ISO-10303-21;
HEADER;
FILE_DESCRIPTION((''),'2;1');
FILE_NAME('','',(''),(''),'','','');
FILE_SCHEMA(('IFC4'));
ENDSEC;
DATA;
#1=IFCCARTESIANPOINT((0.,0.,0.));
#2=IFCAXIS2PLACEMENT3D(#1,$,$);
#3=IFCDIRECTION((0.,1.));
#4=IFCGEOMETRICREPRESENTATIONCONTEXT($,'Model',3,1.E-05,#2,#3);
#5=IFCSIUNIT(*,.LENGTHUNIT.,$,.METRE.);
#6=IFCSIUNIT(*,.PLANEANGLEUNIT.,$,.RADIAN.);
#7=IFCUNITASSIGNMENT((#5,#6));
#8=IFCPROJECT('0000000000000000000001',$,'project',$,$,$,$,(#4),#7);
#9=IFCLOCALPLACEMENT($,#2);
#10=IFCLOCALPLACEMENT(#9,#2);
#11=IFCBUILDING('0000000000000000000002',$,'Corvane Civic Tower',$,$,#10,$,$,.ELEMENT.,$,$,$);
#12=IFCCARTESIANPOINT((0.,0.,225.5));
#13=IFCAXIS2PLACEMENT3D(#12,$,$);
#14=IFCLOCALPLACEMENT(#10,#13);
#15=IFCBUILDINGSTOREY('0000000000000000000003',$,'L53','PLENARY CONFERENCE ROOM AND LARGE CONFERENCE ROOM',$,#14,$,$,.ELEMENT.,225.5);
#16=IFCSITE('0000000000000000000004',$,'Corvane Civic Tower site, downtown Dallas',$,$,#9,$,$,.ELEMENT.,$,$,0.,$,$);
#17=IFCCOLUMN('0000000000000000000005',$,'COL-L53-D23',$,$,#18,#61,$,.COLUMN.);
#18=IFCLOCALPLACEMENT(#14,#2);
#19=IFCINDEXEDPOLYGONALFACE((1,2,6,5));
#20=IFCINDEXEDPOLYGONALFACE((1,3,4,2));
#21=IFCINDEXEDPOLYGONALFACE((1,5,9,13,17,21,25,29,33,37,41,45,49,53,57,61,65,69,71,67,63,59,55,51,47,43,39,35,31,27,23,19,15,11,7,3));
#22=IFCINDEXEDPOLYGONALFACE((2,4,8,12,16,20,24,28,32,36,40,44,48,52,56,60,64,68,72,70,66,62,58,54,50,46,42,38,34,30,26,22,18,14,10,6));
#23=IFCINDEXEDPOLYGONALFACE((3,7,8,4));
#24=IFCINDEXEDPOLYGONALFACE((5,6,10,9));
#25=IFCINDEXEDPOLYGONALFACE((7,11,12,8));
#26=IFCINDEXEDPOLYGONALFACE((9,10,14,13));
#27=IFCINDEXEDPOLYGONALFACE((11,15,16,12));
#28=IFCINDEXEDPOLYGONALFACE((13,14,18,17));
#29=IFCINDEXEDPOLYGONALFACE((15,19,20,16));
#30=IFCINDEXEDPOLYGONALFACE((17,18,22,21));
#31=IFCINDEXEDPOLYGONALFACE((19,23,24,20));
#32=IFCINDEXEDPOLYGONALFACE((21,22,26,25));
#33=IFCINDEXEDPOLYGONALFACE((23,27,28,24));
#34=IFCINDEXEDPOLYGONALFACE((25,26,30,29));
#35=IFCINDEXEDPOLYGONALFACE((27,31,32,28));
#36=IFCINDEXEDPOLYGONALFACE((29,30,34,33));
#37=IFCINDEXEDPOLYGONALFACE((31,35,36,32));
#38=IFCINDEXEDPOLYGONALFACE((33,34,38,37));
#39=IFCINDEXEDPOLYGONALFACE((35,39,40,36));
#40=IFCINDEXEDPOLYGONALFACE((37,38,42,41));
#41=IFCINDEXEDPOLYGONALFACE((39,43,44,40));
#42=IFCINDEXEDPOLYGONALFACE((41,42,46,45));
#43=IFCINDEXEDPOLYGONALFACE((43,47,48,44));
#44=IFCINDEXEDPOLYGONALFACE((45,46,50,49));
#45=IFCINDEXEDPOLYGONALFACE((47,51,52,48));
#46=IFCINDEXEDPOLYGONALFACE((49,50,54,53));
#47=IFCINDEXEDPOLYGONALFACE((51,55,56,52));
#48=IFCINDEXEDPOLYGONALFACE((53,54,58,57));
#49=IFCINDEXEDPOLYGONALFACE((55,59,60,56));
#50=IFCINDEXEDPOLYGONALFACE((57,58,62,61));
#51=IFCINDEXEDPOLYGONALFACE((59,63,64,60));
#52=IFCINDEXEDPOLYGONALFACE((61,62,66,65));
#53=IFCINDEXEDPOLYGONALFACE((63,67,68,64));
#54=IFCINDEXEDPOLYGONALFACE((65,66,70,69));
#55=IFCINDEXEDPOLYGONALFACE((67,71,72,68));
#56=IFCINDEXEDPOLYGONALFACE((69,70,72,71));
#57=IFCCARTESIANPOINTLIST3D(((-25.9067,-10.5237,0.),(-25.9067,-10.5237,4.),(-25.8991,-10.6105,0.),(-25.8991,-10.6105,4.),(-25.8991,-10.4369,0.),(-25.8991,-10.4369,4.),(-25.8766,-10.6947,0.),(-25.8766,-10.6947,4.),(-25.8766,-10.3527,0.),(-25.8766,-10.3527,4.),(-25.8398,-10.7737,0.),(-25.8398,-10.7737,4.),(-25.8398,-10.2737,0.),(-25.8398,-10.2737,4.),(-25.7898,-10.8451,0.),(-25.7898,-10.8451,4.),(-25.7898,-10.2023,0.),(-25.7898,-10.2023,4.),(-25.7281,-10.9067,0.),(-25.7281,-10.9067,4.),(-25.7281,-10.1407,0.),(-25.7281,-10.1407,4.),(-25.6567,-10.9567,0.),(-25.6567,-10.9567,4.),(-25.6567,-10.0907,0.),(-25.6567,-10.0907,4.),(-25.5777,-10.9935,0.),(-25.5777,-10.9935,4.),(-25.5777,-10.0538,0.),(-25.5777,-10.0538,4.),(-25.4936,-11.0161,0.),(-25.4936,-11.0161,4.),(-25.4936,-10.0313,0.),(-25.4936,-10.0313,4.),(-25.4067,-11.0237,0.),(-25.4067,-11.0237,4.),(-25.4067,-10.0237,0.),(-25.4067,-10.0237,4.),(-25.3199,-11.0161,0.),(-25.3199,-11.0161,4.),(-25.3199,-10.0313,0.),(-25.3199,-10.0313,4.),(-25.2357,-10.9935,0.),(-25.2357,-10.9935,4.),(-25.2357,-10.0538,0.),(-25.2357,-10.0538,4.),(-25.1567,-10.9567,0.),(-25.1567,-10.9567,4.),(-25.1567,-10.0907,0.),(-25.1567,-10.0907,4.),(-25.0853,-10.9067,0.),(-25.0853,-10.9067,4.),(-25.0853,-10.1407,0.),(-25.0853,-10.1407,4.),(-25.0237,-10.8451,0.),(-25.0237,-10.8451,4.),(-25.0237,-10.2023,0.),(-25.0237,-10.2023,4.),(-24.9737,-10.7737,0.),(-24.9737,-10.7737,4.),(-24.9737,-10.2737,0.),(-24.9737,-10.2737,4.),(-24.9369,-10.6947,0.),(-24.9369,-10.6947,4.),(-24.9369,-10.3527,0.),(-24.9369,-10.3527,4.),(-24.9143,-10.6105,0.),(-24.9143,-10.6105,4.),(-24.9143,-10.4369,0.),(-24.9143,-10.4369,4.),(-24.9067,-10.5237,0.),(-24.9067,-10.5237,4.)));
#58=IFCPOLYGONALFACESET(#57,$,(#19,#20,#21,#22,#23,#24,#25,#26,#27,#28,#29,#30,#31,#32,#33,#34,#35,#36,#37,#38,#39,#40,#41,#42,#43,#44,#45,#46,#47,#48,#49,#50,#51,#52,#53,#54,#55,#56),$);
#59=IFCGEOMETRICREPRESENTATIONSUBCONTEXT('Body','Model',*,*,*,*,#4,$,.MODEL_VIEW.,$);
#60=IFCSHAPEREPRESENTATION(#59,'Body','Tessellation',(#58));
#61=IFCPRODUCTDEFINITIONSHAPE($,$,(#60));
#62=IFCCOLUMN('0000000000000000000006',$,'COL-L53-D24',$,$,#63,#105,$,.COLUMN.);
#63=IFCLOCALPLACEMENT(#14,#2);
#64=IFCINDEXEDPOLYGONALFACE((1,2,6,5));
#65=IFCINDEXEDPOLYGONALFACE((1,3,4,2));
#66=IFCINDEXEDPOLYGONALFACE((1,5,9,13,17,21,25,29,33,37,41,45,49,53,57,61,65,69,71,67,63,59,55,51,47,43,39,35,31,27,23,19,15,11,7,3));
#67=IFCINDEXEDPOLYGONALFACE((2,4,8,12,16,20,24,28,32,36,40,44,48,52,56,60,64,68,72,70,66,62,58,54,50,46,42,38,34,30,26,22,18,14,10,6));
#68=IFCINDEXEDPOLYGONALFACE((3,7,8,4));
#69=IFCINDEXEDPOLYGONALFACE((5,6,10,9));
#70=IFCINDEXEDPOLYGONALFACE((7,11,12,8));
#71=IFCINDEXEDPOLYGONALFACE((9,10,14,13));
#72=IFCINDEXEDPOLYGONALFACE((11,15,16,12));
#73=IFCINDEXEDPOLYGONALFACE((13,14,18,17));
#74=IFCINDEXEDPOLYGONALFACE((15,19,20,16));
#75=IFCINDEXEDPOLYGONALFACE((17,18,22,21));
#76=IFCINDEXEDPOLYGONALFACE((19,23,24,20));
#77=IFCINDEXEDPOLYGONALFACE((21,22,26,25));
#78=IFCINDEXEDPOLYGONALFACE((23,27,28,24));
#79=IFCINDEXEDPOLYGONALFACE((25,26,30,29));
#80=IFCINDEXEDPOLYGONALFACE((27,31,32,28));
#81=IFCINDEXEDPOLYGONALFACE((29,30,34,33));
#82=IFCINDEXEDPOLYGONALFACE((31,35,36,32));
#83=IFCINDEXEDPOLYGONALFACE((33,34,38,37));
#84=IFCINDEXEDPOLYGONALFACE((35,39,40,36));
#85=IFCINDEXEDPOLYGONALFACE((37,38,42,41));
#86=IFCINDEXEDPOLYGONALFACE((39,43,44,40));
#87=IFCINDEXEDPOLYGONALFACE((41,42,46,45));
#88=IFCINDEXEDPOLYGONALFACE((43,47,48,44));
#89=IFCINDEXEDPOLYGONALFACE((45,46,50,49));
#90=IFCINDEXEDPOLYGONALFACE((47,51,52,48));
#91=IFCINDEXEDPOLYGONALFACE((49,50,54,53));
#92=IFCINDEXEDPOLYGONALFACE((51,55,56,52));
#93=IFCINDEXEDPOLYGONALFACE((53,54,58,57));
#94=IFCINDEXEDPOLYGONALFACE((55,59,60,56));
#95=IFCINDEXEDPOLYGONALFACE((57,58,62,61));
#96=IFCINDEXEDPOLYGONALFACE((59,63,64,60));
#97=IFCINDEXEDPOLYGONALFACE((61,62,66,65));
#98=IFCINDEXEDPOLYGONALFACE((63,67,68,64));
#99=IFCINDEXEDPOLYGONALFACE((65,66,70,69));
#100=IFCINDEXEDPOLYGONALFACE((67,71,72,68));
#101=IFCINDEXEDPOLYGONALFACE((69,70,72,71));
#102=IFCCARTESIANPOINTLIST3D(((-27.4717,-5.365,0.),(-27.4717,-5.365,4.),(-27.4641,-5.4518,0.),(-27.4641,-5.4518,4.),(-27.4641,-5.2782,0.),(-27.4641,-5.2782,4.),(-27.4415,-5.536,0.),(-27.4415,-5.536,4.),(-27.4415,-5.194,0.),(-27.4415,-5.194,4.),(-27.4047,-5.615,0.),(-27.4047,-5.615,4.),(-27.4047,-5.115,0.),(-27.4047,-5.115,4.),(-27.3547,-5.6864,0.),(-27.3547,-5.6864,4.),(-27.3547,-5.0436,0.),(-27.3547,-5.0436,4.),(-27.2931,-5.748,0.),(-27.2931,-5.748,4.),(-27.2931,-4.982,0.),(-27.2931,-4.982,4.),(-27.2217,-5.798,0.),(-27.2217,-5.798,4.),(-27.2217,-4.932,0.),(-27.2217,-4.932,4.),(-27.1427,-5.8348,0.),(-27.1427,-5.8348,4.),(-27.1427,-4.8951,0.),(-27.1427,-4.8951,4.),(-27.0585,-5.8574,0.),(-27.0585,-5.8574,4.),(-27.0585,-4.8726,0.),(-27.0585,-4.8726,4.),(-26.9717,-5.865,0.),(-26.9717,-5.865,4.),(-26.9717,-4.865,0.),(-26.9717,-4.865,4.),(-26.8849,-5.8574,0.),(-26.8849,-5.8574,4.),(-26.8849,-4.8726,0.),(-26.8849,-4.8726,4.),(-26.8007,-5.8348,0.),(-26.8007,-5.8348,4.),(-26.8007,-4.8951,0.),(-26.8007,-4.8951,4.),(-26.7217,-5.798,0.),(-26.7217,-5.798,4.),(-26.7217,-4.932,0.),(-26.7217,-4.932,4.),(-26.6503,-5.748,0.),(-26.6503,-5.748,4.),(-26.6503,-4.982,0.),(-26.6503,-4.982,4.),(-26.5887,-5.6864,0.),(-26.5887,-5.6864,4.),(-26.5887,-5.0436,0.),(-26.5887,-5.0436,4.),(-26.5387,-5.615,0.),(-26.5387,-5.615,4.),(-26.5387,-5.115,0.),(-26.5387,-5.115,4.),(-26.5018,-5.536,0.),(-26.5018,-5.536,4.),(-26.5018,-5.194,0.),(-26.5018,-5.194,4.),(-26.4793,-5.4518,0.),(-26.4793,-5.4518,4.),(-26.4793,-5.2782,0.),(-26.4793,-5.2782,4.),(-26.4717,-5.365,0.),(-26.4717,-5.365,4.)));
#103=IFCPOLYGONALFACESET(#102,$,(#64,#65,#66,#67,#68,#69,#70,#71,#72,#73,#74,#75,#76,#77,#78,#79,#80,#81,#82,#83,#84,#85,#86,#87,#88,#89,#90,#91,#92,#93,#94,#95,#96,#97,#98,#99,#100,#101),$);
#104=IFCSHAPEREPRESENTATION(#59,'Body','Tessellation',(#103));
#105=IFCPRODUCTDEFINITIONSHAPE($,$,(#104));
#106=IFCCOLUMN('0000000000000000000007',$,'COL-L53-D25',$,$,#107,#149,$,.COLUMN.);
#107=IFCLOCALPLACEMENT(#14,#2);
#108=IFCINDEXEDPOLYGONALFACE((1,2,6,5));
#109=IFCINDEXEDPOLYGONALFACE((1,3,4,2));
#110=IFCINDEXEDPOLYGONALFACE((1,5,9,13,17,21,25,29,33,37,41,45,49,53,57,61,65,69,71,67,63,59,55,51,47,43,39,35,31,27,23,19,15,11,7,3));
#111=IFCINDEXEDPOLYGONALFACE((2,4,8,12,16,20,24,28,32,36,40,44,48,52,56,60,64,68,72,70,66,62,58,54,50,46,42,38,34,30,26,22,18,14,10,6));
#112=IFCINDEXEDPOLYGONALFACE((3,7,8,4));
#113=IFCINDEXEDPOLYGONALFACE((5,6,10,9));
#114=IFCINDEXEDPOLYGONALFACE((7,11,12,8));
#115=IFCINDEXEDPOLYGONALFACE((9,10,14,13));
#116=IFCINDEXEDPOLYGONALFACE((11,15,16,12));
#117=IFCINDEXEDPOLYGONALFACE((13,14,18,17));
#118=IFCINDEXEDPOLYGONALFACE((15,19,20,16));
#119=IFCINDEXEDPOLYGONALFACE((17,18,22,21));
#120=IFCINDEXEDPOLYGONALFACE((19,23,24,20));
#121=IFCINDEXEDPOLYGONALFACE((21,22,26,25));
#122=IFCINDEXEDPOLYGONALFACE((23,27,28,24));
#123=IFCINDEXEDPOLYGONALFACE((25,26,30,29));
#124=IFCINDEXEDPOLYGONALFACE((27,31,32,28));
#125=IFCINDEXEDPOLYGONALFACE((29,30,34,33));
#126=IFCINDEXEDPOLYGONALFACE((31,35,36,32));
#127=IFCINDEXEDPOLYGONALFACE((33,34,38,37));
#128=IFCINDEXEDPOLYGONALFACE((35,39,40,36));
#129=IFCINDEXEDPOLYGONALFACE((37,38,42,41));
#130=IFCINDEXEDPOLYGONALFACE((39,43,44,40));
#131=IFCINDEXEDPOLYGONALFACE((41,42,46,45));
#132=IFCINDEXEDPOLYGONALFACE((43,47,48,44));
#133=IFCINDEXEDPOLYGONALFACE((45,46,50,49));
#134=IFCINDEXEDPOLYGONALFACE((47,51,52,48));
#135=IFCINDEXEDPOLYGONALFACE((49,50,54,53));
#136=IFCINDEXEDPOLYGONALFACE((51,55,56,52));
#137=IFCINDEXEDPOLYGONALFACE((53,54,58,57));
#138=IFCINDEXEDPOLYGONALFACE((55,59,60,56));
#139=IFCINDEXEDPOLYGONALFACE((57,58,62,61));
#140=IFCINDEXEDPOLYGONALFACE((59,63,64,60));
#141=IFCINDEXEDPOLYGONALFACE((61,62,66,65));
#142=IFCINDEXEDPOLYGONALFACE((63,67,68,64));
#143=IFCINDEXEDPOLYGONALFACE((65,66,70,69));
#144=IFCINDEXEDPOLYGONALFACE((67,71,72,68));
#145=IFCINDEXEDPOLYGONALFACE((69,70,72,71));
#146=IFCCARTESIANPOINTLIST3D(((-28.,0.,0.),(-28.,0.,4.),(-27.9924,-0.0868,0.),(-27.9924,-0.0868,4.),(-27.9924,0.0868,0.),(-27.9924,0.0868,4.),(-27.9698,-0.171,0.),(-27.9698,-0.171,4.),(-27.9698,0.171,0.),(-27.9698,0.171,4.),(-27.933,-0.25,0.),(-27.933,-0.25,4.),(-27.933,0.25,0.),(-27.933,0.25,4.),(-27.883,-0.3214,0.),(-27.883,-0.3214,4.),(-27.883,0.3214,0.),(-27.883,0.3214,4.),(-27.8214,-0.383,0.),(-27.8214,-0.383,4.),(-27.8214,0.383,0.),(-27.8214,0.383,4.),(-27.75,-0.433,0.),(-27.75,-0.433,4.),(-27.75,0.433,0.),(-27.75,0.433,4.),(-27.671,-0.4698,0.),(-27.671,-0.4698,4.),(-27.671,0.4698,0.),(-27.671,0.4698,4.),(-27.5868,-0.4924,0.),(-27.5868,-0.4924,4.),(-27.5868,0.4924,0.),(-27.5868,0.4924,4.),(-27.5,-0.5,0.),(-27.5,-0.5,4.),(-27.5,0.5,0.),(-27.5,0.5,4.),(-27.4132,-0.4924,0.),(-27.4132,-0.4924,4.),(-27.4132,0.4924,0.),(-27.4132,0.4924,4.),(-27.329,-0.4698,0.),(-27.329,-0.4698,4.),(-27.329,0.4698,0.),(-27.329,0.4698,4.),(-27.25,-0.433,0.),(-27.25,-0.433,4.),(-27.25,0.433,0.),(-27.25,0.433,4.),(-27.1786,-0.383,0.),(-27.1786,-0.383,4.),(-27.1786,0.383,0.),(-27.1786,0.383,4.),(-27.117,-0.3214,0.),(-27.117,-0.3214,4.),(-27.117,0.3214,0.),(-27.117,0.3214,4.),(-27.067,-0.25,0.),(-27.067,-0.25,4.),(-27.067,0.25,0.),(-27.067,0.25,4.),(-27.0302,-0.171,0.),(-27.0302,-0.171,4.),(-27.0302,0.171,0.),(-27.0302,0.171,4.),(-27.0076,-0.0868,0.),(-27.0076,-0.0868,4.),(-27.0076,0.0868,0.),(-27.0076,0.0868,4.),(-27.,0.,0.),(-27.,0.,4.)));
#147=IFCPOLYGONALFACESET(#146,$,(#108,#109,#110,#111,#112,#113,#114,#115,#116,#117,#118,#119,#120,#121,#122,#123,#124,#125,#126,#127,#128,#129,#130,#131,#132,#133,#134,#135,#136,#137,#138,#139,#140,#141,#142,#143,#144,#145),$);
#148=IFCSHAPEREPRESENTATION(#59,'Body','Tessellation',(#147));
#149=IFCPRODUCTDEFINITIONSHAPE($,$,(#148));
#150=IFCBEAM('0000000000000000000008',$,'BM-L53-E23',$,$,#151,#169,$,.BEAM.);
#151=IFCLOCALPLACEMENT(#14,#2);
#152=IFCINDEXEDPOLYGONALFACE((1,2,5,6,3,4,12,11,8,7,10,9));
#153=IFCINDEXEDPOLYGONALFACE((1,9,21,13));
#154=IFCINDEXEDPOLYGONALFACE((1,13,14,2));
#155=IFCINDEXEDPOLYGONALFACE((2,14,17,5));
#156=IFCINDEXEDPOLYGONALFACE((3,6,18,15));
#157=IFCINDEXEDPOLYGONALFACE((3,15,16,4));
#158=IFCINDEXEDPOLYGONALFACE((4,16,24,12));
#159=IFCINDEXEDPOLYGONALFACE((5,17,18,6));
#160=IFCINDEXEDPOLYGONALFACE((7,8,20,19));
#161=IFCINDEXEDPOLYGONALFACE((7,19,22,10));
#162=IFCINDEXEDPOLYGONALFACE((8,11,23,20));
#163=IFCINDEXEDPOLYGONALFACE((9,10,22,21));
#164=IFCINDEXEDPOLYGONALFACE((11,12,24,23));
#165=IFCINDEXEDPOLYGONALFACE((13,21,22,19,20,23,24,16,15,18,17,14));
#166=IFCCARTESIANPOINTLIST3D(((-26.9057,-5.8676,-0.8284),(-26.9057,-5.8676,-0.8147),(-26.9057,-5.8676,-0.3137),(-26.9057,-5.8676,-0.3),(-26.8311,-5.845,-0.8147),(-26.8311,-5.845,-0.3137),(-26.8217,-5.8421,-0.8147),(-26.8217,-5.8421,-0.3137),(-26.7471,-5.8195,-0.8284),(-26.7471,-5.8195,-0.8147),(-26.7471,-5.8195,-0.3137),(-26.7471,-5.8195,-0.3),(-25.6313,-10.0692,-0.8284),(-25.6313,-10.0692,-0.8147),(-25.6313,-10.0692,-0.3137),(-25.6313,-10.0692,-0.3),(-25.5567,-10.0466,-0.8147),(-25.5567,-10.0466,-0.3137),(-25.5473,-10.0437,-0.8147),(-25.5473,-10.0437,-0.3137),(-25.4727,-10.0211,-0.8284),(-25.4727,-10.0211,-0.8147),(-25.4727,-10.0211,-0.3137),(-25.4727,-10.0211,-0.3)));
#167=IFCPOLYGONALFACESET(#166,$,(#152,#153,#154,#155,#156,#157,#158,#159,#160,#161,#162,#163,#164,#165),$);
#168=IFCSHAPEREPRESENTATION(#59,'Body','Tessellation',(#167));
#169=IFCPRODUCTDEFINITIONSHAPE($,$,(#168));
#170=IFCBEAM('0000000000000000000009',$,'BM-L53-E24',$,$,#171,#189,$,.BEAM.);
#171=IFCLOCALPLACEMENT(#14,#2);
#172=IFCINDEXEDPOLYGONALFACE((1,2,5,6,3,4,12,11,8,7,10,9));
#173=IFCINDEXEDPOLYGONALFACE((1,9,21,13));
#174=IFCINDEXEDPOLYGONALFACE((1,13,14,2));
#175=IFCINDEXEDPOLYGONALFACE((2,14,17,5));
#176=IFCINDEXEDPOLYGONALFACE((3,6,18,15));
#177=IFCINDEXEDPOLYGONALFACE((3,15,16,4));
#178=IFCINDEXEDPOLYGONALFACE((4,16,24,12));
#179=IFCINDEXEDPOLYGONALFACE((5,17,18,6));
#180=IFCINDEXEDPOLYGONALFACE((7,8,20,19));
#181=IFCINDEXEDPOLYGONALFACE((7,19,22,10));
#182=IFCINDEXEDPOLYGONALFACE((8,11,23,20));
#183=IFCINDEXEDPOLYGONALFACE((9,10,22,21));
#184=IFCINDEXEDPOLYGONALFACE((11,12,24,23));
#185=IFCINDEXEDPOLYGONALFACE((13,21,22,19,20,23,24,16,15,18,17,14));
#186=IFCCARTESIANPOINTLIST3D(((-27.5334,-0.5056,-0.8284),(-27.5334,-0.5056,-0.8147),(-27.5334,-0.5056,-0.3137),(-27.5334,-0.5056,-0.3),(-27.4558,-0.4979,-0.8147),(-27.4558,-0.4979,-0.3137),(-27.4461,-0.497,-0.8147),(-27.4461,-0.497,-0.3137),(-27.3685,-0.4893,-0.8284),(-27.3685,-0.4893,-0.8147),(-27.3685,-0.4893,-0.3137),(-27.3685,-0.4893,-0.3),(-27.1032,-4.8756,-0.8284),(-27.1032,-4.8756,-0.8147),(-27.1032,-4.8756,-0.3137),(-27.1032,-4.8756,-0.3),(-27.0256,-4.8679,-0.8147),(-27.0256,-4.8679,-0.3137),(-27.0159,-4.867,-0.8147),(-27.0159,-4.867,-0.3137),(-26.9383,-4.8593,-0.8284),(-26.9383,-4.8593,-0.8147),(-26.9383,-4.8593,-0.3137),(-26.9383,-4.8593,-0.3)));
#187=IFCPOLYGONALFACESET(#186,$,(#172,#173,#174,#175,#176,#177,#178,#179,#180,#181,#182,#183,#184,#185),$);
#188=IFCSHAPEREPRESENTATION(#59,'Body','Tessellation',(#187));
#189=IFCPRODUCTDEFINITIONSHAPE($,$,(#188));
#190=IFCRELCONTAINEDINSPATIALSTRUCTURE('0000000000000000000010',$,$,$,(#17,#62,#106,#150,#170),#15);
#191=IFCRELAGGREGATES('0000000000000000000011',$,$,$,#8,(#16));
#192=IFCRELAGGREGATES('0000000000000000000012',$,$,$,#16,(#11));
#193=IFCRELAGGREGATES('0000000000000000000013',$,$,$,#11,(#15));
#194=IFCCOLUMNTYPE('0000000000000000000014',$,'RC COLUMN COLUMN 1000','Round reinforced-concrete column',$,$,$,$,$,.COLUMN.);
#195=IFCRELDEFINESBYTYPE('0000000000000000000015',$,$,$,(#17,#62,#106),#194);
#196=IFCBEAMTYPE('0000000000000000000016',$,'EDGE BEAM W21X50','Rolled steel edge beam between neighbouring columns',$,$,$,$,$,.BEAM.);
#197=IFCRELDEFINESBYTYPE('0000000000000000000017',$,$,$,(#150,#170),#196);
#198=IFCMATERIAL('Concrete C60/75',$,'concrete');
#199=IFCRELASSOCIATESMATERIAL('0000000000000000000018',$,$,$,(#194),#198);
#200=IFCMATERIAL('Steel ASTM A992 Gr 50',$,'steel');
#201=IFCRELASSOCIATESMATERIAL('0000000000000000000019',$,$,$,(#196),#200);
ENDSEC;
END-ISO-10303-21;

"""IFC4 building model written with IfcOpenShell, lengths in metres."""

from ifc_helpers import new_model, si_unit, direction, frame, origin, origin_2d, place, context, subcontext, project, spatial, circle, i_section, extrude, material, material_profile, profile_set, type_object, element, save


model = new_model("IFC4")

# Units and contexts
model_context = context("Model", 3, precision=1e-05, world=origin(), true_north=direction((0.0, 1.0)))
body_context = subcontext(model_context, "Body", "Model", "MODEL_VIEW")
ifc_project = project(units=[si_unit("LENGTHUNIT", "METRE"), si_unit("PLANEANGLEUNIT", "RADIAN")], contexts=[model_context])

# Site, building, storey
site_placement = place(None, origin())
site = spatial("IfcSite", under=ifc_project, at=site_placement, Name="Corvane Civic Tower site, downtown Dallas", CompositionType="ELEMENT", RefElevation=0.0)
building_placement = place(site_placement, origin())
building = spatial("IfcBuilding", under=site, at=building_placement, Name="Corvane Civic Tower", CompositionType="ELEMENT")
storey_placement = place(building_placement, frame((0.0, 0.0, 225.5)))
storey = spatial("IfcBuildingStorey", under=building, at=storey_placement, Name="L53", Description="PLENARY CONFERENCE ROOM AND LARGE CONFERENCE ROOM", CompositionType="ELEMENT", Elevation=225.5)

# Columns
ifc_material_1 = material(Name="Concrete C60/75", Category="concrete")
ifc_material_profile_1 = material_profile(ifc_material_1, circle(Radius=0.5, at=origin_2d()), Name="COLUMN 1000")
ifc_profile_set_1 = profile_set([ifc_material_profile_1], Name="Concrete C60/75")
column_type = type_object("IfcColumnType", Name="RC COLUMN COLUMN 1000", Description="Round reinforced-concrete column", PredefinedType="COLUMN", material=ifc_profile_set_1)
for number, where, z_axis, x_axis, name in (
    (1, (-25.4067, -10.5237, 0.0), (0.0, 0.0, 1.0), (1.0, 0.0, 0.0), "COL-L53-D23"),
    (2, (-26.9717, -5.365, 0.0), (0.0, 0.0, 1.0), (1.0, 0.0, 0.0), "COL-L53-D24"),
    (3, (-27.5, 0.0, 0.0), (0.0, 0.0, 1.0), (1.0, 0.0, 0.0), "COL-L53-D25"),
):
    element("IfcColumn", number, at=place(storey_placement, frame(where, z_axis=z_axis, x_axis=x_axis)), inside=storey, type_object=column_type, Name=name, PredefinedType="COLUMN", context=body_context, shape_type="SweptSolid", body=[
        extrude(circle(Radius=0.5, at=origin_2d()), origin(), (0.0, 0.0, 1.0), 4.0),
    ])

# Beams
ifc_material_2 = material(Name="Steel ASTM A992 Gr 50", Category="steel")
ifc_material_profile_2 = material_profile(ifc_material_2, i_section(OverallWidth=0.1658, OverallDepth=0.5283, WebThickness=0.0098, FlangeThickness=0.0137, at=origin_2d()), Name="W21X50")
ifc_profile_set_2 = profile_set([ifc_material_profile_2], Name="Steel ASTM A992 Gr 50")
beam_type_1 = type_object("IfcBeamType", Name="EDGE BEAM W21X50", Description="Rolled steel edge beam between neighbouring columns", PredefinedType="BEAM", material=ifc_profile_set_2)
beam_1_placement = place(storey_placement, frame((-25.552, -10.0452, -0.5642), z_axis=(-0.290254, 0.95695, 0.0), x_axis=(-0.95695, -0.290254, 0.0)))
element("IfcBeam", 4, at=beam_1_placement, inside=storey, type_object=beam_type_1, Name="BM-L53-E23", PredefinedType="BEAM", context=body_context, shape_type="SweptSolid", body=[
    extrude(i_section(OverallWidth=0.1658, OverallDepth=0.5283, WebThickness=0.0098, FlangeThickness=0.0137, at=origin_2d()), origin(), (0.0, 0.0, 1.0), 4.3906),
])
beam_2_placement = place(storey_placement, frame((-27.0208, -4.8674, -0.5642), z_axis=(-0.097968, 0.99519, 0.0), x_axis=(-0.99519, -0.097968, 0.0)))
element("IfcBeam", 5, at=beam_2_placement, inside=storey, type_object=beam_type_1, Name="BM-L53-E24", PredefinedType="BEAM", context=body_context, shape_type="SweptSolid", body=[
    extrude(i_section(OverallWidth=0.1658, OverallDepth=0.5283, WebThickness=0.0098, FlangeThickness=0.0137, at=origin_2d()), origin(), (0.0, 0.0, 1.0), 4.3911),
])

save(model, "model.ifc")
